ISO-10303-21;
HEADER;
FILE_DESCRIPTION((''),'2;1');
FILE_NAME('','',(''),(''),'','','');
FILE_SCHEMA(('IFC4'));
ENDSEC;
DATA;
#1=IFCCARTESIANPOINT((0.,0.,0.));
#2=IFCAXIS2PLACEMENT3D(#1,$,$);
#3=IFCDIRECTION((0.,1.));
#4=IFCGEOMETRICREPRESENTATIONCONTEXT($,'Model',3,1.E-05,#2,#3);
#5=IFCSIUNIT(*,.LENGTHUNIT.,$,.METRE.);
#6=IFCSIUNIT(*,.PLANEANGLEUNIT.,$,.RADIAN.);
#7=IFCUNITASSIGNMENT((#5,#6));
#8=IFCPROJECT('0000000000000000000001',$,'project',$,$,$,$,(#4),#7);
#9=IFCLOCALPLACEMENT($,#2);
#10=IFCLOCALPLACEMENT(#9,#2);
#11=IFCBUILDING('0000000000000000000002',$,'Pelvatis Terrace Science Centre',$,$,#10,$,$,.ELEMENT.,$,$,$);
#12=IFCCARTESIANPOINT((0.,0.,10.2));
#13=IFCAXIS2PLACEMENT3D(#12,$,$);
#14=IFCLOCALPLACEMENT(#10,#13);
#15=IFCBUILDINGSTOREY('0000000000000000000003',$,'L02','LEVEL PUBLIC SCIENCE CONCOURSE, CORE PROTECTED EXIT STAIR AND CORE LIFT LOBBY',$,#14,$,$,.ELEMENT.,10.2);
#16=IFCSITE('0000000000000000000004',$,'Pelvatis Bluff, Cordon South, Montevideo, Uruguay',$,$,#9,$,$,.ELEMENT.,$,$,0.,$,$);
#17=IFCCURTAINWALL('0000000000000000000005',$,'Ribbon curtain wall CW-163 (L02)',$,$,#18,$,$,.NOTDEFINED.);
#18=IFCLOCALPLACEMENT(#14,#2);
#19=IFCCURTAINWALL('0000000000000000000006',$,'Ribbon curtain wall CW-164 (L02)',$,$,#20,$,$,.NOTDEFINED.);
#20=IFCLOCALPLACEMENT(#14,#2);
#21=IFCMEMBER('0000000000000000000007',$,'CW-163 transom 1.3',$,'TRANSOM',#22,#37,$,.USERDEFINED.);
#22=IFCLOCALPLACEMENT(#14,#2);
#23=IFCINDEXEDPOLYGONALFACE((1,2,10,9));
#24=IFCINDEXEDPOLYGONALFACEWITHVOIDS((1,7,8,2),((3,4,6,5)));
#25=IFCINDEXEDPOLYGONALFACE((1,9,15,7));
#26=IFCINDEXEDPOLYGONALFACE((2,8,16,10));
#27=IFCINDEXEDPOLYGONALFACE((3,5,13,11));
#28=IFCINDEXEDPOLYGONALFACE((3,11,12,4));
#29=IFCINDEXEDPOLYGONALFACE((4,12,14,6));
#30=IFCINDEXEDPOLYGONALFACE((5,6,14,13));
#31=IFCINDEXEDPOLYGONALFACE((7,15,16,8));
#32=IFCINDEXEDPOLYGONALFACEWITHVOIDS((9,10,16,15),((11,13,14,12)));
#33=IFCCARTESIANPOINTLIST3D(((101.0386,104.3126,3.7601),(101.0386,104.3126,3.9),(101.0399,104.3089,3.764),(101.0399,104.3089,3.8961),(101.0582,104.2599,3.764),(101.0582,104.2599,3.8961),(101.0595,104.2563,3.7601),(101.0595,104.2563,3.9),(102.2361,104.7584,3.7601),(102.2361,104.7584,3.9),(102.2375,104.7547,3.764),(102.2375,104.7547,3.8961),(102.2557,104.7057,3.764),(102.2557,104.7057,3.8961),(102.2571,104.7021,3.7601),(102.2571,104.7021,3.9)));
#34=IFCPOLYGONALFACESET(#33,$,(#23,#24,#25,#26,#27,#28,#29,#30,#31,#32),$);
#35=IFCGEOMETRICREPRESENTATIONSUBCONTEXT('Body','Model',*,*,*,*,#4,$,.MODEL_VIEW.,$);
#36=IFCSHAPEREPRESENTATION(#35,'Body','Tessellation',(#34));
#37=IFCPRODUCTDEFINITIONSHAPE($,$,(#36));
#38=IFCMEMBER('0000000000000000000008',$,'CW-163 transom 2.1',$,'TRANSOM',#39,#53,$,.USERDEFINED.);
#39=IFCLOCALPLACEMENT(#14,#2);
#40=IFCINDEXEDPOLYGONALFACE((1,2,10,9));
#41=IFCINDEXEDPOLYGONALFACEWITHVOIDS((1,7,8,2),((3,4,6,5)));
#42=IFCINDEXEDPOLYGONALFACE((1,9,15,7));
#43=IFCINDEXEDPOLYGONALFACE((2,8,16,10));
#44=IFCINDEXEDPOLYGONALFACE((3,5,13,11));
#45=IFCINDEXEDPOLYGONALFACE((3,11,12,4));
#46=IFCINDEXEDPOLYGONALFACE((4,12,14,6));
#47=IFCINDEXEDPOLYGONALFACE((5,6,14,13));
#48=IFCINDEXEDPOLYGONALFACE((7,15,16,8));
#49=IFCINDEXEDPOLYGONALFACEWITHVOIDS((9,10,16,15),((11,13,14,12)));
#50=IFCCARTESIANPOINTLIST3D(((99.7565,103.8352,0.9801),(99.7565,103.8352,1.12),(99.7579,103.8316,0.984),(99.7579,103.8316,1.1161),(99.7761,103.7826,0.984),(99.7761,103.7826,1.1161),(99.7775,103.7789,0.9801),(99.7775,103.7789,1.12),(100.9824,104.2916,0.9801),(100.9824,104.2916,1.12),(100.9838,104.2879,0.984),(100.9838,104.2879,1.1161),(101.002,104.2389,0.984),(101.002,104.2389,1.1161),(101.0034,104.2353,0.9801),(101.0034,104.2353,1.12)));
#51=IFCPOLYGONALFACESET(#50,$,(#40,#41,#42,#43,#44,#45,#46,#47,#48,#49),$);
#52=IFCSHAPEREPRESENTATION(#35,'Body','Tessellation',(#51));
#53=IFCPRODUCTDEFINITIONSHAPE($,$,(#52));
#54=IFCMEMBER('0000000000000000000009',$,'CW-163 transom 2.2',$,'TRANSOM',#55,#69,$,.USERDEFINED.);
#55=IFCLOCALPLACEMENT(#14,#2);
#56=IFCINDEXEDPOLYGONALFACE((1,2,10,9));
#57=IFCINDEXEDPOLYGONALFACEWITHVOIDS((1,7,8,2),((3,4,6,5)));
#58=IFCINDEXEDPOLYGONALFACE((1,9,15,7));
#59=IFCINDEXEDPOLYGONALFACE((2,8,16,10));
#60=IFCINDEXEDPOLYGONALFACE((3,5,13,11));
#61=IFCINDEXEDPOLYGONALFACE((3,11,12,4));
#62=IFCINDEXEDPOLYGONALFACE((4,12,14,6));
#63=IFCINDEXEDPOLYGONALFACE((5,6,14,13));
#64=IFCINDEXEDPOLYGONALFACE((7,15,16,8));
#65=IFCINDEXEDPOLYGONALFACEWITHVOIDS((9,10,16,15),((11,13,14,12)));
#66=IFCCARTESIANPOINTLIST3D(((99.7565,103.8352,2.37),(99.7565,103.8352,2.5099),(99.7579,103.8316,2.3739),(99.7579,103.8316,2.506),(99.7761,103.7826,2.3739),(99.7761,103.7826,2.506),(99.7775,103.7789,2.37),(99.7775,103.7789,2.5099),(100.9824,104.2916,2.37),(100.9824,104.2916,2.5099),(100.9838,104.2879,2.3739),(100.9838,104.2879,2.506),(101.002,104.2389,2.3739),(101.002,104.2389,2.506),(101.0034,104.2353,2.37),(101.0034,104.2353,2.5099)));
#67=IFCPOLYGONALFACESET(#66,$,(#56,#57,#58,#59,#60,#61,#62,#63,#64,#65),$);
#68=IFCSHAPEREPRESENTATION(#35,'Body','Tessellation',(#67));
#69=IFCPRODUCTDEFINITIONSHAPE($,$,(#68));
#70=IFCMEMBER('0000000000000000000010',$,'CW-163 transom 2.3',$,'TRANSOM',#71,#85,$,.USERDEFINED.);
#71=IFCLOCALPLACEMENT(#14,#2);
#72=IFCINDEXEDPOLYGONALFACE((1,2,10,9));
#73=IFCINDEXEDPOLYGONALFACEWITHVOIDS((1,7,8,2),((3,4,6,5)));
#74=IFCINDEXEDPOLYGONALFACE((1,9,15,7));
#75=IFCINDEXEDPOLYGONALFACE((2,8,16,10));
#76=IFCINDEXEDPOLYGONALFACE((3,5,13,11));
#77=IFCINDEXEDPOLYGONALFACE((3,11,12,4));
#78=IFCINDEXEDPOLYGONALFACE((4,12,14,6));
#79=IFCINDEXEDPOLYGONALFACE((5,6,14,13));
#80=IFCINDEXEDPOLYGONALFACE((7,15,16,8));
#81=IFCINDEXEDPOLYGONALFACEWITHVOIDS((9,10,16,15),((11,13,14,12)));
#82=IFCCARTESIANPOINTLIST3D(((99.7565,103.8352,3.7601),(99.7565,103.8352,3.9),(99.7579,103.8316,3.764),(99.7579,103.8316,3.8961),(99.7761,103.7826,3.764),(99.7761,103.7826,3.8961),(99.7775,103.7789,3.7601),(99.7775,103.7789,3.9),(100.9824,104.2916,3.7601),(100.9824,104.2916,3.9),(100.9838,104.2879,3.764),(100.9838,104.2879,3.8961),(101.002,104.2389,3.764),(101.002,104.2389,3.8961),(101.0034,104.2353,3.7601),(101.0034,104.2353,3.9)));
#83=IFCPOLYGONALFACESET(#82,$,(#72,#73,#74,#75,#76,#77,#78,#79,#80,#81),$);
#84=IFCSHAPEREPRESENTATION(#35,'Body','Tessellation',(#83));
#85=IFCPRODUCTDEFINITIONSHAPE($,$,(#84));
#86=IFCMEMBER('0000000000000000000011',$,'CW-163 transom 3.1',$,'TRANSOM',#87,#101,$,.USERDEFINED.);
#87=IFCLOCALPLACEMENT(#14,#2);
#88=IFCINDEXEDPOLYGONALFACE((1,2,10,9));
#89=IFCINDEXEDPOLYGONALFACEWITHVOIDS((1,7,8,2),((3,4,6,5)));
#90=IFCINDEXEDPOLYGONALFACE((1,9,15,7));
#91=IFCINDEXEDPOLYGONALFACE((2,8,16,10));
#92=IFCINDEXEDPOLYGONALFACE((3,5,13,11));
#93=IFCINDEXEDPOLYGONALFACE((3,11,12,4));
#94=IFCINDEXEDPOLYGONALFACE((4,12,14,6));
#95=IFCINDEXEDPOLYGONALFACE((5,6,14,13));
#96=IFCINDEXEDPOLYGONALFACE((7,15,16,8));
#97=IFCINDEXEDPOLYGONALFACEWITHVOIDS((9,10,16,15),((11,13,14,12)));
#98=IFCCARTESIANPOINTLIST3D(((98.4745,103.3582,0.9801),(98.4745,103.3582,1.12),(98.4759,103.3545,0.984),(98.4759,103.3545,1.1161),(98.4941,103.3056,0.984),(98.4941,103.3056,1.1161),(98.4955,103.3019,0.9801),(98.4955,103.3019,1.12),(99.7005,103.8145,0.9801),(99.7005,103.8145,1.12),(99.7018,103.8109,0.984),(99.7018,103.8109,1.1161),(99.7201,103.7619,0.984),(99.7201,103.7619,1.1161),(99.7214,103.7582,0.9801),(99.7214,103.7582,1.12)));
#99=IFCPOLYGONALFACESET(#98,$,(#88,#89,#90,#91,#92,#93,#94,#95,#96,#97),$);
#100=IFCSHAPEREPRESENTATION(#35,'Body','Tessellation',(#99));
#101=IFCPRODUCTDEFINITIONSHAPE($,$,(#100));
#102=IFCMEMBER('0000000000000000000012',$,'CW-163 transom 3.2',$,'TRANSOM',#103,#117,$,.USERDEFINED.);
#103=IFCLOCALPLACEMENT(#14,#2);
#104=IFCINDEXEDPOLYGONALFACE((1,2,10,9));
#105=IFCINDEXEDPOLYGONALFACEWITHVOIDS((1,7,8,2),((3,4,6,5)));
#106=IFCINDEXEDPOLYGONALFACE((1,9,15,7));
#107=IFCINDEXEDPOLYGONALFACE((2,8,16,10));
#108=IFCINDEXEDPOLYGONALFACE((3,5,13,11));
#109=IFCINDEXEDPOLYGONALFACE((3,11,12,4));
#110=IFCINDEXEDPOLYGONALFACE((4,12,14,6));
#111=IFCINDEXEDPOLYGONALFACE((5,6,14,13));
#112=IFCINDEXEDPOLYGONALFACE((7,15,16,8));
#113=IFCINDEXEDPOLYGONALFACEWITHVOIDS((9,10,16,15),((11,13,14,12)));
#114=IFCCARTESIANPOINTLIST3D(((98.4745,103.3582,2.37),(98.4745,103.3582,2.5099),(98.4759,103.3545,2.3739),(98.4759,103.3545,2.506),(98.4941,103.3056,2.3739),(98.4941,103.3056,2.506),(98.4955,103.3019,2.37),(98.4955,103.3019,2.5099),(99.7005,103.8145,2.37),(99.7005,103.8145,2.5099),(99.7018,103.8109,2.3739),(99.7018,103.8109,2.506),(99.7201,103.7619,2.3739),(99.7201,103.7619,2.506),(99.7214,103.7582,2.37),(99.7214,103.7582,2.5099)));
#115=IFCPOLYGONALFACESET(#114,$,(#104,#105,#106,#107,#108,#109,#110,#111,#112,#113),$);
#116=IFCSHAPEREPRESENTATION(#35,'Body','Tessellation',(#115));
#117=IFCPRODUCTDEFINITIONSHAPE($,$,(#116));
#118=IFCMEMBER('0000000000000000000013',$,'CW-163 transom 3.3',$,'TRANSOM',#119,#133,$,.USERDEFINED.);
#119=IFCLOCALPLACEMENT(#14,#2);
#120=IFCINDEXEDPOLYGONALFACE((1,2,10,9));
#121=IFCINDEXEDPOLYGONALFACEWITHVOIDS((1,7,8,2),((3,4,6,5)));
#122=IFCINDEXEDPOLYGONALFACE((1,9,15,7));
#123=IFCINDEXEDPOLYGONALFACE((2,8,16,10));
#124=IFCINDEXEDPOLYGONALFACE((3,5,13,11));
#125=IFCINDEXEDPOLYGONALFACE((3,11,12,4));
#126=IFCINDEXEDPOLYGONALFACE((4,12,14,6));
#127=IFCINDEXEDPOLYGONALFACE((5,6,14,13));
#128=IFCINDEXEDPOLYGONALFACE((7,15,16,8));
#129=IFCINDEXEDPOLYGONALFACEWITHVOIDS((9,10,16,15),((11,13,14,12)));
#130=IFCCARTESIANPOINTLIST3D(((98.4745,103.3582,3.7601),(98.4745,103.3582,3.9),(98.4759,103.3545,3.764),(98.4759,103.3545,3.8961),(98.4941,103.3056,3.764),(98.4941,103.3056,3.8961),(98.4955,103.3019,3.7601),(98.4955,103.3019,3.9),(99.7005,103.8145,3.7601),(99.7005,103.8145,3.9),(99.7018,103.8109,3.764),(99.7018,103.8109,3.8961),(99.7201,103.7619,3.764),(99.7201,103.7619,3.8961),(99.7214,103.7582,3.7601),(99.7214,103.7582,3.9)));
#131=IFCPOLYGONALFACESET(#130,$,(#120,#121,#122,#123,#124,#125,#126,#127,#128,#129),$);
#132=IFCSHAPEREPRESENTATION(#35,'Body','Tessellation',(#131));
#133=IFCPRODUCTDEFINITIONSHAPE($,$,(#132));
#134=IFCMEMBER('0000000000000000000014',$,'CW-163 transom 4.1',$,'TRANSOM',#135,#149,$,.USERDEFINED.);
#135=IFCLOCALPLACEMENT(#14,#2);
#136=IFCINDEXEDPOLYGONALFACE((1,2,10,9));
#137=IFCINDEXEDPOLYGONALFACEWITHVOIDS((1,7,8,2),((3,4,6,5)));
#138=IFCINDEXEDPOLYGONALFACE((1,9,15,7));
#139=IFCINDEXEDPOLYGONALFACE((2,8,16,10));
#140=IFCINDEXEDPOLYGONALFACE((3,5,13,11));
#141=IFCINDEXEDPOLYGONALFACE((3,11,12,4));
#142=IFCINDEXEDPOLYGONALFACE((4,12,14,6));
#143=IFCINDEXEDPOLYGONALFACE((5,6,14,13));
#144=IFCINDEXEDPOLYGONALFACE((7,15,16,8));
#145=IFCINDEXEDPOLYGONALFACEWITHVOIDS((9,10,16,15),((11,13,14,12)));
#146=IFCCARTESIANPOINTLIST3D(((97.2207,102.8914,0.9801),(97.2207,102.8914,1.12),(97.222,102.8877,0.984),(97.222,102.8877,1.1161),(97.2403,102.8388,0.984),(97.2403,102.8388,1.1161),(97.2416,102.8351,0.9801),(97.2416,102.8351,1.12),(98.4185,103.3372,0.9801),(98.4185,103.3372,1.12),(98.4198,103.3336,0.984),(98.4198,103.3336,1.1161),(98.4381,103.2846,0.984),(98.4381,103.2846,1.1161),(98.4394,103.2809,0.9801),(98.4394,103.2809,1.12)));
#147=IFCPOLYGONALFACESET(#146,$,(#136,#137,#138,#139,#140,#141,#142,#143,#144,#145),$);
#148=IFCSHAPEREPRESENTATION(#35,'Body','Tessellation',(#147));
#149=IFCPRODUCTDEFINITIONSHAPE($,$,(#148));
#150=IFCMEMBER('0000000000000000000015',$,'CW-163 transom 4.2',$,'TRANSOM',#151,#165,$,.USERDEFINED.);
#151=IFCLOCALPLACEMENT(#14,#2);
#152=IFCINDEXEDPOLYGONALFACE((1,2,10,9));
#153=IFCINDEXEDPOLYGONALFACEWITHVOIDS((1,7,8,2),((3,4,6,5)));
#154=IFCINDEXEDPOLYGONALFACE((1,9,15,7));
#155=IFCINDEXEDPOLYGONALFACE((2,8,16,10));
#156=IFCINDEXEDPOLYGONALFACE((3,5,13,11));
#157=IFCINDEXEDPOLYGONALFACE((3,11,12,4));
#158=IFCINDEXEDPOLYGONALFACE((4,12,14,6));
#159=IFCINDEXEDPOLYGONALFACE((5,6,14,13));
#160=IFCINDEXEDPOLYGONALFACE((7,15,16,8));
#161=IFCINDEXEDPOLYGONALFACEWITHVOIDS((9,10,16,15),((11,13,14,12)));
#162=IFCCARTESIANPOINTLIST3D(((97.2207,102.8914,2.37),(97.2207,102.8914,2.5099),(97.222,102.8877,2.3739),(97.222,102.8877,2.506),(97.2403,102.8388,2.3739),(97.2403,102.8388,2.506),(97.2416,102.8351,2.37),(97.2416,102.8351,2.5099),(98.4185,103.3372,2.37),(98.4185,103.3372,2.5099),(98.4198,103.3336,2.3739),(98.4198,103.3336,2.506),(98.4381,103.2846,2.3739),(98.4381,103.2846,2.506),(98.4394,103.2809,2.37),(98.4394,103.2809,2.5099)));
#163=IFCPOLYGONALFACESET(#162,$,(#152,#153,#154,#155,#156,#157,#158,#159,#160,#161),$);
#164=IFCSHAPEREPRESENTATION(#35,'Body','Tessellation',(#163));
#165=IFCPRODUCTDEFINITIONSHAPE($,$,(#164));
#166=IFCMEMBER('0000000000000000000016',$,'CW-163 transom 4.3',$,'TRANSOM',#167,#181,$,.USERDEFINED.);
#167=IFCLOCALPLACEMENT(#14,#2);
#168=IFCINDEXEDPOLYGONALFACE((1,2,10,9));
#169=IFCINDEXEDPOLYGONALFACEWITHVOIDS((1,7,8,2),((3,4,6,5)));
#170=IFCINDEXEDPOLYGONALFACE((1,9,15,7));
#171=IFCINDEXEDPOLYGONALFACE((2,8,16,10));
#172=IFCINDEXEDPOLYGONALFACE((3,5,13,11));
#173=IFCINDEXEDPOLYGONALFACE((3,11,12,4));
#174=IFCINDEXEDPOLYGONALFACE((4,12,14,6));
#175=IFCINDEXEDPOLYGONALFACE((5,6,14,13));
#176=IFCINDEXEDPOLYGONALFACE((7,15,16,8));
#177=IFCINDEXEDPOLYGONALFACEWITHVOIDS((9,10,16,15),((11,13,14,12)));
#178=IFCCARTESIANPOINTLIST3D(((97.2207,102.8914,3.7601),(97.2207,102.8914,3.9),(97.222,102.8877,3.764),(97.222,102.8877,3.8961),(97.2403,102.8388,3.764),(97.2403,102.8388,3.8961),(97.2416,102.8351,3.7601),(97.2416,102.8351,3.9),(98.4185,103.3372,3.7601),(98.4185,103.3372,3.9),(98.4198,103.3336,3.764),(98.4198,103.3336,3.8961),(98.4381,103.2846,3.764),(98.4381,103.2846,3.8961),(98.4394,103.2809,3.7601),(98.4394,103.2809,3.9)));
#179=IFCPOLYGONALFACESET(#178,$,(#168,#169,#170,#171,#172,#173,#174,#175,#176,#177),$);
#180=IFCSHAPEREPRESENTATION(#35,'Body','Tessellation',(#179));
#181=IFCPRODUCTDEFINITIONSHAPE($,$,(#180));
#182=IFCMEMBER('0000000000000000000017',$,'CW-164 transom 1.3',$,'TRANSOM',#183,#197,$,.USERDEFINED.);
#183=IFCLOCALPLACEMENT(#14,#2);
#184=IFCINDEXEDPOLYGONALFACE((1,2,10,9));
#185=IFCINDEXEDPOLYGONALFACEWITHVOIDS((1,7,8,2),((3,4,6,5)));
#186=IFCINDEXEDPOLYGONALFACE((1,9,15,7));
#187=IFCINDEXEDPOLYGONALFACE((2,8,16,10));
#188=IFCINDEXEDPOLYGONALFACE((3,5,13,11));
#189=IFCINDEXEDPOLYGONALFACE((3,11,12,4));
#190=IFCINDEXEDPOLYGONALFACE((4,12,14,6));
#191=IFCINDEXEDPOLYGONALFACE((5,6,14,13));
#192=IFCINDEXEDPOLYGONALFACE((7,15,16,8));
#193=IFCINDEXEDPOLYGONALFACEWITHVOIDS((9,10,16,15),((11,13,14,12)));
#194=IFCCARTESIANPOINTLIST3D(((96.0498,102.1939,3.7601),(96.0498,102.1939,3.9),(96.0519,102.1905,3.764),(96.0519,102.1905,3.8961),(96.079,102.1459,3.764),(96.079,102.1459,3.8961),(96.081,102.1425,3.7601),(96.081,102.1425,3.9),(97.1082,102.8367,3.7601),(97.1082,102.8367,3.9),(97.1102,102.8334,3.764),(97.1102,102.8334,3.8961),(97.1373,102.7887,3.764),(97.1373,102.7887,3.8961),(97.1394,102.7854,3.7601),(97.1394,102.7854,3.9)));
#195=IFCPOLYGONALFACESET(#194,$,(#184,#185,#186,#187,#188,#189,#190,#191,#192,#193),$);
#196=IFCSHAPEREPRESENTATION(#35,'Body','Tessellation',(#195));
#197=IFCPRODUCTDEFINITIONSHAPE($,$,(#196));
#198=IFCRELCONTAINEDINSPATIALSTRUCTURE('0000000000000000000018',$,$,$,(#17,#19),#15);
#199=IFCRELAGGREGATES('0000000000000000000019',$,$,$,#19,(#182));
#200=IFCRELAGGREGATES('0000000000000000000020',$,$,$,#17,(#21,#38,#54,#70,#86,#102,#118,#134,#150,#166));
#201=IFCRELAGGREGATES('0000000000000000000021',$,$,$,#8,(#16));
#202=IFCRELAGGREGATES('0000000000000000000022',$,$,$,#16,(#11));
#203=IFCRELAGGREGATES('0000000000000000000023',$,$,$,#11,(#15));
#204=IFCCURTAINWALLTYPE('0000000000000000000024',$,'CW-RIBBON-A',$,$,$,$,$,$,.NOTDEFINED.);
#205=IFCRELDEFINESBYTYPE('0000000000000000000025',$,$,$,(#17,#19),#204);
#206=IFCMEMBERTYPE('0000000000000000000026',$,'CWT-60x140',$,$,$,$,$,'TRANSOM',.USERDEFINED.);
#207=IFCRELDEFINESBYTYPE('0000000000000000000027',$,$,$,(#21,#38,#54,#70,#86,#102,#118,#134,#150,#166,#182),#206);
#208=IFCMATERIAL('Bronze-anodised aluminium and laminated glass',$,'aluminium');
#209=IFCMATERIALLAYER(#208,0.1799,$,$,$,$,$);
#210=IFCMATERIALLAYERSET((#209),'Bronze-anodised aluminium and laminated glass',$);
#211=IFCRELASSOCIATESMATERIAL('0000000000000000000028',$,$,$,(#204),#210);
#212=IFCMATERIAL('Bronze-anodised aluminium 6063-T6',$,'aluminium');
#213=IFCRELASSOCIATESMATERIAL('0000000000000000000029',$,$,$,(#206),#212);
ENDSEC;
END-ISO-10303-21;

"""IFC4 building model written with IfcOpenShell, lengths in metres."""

from ifc_helpers import new_model, si_unit, direction, frame, origin, origin_2d, place, context, subcontext, project, spatial, hollow_rectangle, extrude, material, layer, layer_set, material_profile, profile_set, type_object, element, aggregate, save


model = new_model("IFC4")

# Units and contexts
model_context = context("Model", 3, precision=1e-05, world=origin(), true_north=direction((0.0, 1.0)))
body_context = subcontext(model_context, "Body", "Model", "MODEL_VIEW")
ifc_project = project(units=[si_unit("LENGTHUNIT", "METRE"), si_unit("PLANEANGLEUNIT", "RADIAN")], contexts=[model_context])

# Site, building, storey
site_placement = place(None, origin())
site = spatial("IfcSite", under=ifc_project, at=site_placement, Name="Pelvatis Bluff, Cordon South, Montevideo, Uruguay", CompositionType="ELEMENT", RefElevation=0.0)
building_placement = place(site_placement, origin())
building = spatial("IfcBuilding", under=site, at=building_placement, Name="Pelvatis Terrace Science Centre", CompositionType="ELEMENT")
storey_placement = place(building_placement, frame((0.0, 0.0, 10.2)))
storey = spatial("IfcBuildingStorey", under=building, at=storey_placement, Name="L02", Description="LEVEL PUBLIC SCIENCE CONCOURSE, CORE PROTECTED EXIT STAIR AND CORE LIFT LOBBY", CompositionType="ELEMENT", Elevation=10.2)

# Curtain wall
ifc_material_1 = material(Name="Bronze-anodised aluminium and laminated glass", Category="aluminium")
ifc_layer_1 = layer(ifc_material_1, 0.1799)
ifc_layer_set_1 = layer_set([ifc_layer_1], Name="Bronze-anodised aluminium and laminated glass")
curtain_wall_type = type_object("IfcCurtainWallType", Name="CW-RIBBON-A", PredefinedType="NOTDEFINED", material=ifc_layer_set_1)
curtain_wall_1_placement = place(storey_placement, origin())
curtain_wall_1 = element("IfcCurtainWall", 1, at=curtain_wall_1_placement, inside=storey, type_object=curtain_wall_type, Name="Ribbon curtain wall CW-163 (L02)", PredefinedType="NOTDEFINED")

# Curtain wall
curtain_wall_2_placement = place(storey_placement, origin())
curtain_wall_2 = element("IfcCurtainWall", 2, at=curtain_wall_2_placement, inside=storey, type_object=curtain_wall_type, Name="Ribbon curtain wall CW-164 (L02)", PredefinedType="NOTDEFINED")

# Members
ifc_material_2 = material(Name="Bronze-anodised aluminium 6063-T6", Category="aluminium")
ifc_material_profile_1 = material_profile(ifc_material_2, hollow_rectangle(XDim=0.0601, YDim=0.1399, WallThickness=0.0039, at=origin_2d()), Name="ALU-TRN 60x140")
ifc_profile_set_1 = profile_set([ifc_material_profile_1], Name="Bronze-anodised aluminium 6063-T6")
member_type_1 = type_object("IfcMemberType", Name="CWT-60x140", ElementType="TRANSOM", PredefinedType="USERDEFINED", material=ifc_profile_set_1)
member_1_placement = place(storey_placement, frame((102.2466, 104.7302, 3.8301), z_axis=(-0.937167, -0.348882, 0.0), x_axis=(0.348882, -0.937167, 0.0)))
member_1 = element("IfcMember", 3, at=member_1_placement, type_object=member_type_1, Name="CW-163 transom 1.3", ObjectType="TRANSOM", PredefinedType="USERDEFINED", context=body_context, shape_type="SweptSolid", body=[
    extrude(hollow_rectangle(XDim=0.0601, YDim=0.1399, WallThickness=0.0039, at=origin_2d()), origin(), (0.0, 0.0, 1.0), 1.2778),
])
member_2_placement = place(storey_placement, frame((100.9929, 104.2634, 1.05), z_axis=(-0.937178, -0.348852, 0.0), x_axis=(0.348852, -0.937178, 0.0)))
member_2 = element("IfcMember", 4, at=member_2_placement, type_object=member_type_1, Name="CW-163 transom 2.1", ObjectType="TRANSOM", PredefinedType="USERDEFINED", context=body_context, shape_type="SweptSolid", body=[
    extrude(hollow_rectangle(XDim=0.0601, YDim=0.1399, WallThickness=0.0039, at=origin_2d()), origin(), (0.0, 0.0, 1.0), 1.3081),
])
member_3_placement = place(storey_placement, frame((100.9929, 104.2634, 2.4399), z_axis=(-0.937178, -0.348852, 0.0), x_axis=(0.348852, -0.937178, 0.0)))
member_3 = element("IfcMember", 5, at=member_3_placement, type_object=member_type_1, Name="CW-163 transom 2.2", ObjectType="TRANSOM", PredefinedType="USERDEFINED", context=body_context, shape_type="SweptSolid", body=[
    extrude(hollow_rectangle(XDim=0.0601, YDim=0.1399, WallThickness=0.0039, at=origin_2d()), origin(), (0.0, 0.0, 1.0), 1.3081),
])
member_4_placement = place(storey_placement, frame((100.9929, 104.2634, 3.8301), z_axis=(-0.937178, -0.348852, 0.0), x_axis=(0.348852, -0.937178, 0.0)))
member_4 = element("IfcMember", 6, at=member_4_placement, type_object=member_type_1, Name="CW-163 transom 2.3", ObjectType="TRANSOM", PredefinedType="USERDEFINED", context=body_context, shape_type="SweptSolid", body=[
    extrude(hollow_rectangle(XDim=0.0601, YDim=0.1399, WallThickness=0.0039, at=origin_2d()), origin(), (0.0, 0.0, 1.0), 1.3081),
])
member_5_placement = place(storey_placement, frame((99.7109, 103.7864, 1.05), z_axis=(-0.937178, -0.348852, 0.0), x_axis=(0.348852, -0.937178, 0.0)))
member_5 = element("IfcMember", 7, at=member_5_placement, type_object=member_type_1, Name="CW-163 transom 3.1", ObjectType="TRANSOM", PredefinedType="USERDEFINED", context=body_context, shape_type="SweptSolid", body=[
    extrude(hollow_rectangle(XDim=0.0601, YDim=0.1399, WallThickness=0.0039, at=origin_2d()), origin(), (0.0, 0.0, 1.0), 1.3081),
])
member_6_placement = place(storey_placement, frame((99.7109, 103.7864, 2.4399), z_axis=(-0.937178, -0.348852, 0.0), x_axis=(0.348852, -0.937178, 0.0)))
member_6 = element("IfcMember", 8, at=member_6_placement, type_object=member_type_1, Name="CW-163 transom 3.2", ObjectType="TRANSOM", PredefinedType="USERDEFINED", context=body_context, shape_type="SweptSolid", body=[
    extrude(hollow_rectangle(XDim=0.0601, YDim=0.1399, WallThickness=0.0039, at=origin_2d()), origin(), (0.0, 0.0, 1.0), 1.3081),
])
member_7_placement = place(storey_placement, frame((99.7109, 103.7864, 3.8301), z_axis=(-0.937178, -0.348852, 0.0), x_axis=(0.348852, -0.937178, 0.0)))
member_7 = element("IfcMember", 9, at=member_7_placement, type_object=member_type_1, Name="CW-163 transom 3.3", ObjectType="TRANSOM", PredefinedType="USERDEFINED", context=body_context, shape_type="SweptSolid", body=[
    extrude(hollow_rectangle(XDim=0.0601, YDim=0.1399, WallThickness=0.0039, at=origin_2d()), origin(), (0.0, 0.0, 1.0), 1.3081),
])
member_8_placement = place(storey_placement, frame((98.429, 103.3091, 1.05), z_axis=(-0.93719, -0.34882, 0.0), x_axis=(0.34882, -0.93719, 0.0)))
member_8 = element("IfcMember", 10, at=member_8_placement, type_object=member_type_1, Name="CW-163 transom 4.1", ObjectType="TRANSOM", PredefinedType="USERDEFINED", context=body_context, shape_type="SweptSolid", body=[
    extrude(hollow_rectangle(XDim=0.0601, YDim=0.1399, WallThickness=0.0039, at=origin_2d()), origin(), (0.0, 0.0, 1.0), 1.2781),
])
member_9_placement = place(storey_placement, frame((98.429, 103.3091, 2.4399), z_axis=(-0.93719, -0.34882, 0.0), x_axis=(0.34882, -0.93719, 0.0)))
member_9 = element("IfcMember", 11, at=member_9_placement, type_object=member_type_1, Name="CW-163 transom 4.2", ObjectType="TRANSOM", PredefinedType="USERDEFINED", context=body_context, shape_type="SweptSolid", body=[
    extrude(hollow_rectangle(XDim=0.0601, YDim=0.1399, WallThickness=0.0039, at=origin_2d()), origin(), (0.0, 0.0, 1.0), 1.2781),
])
member_10_placement = place(storey_placement, frame((98.429, 103.3091, 3.8301), z_axis=(-0.93719, -0.34882, 0.0), x_axis=(0.34882, -0.93719, 0.0)))
member_10 = element("IfcMember", 12, at=member_10_placement, type_object=member_type_1, Name="CW-163 transom 4.3", ObjectType="TRANSOM", PredefinedType="USERDEFINED", context=body_context, shape_type="SweptSolid", body=[
    extrude(hollow_rectangle(XDim=0.0601, YDim=0.1399, WallThickness=0.0039, at=origin_2d()), origin(), (0.0, 0.0, 1.0), 1.2781),
])
member_11_placement = place(storey_placement, frame((97.1238, 102.811, 3.8301), z_axis=(-0.854697, -0.519127, 0.0), x_axis=(0.519127, -0.854697, 0.0)))
member_11 = element("IfcMember", 13, at=member_11_placement, type_object=member_type_1, Name="CW-164 transom 1.3", ObjectType="TRANSOM", PredefinedType="USERDEFINED", context=body_context, shape_type="SweptSolid", body=[
    extrude(hollow_rectangle(XDim=0.0601, YDim=0.1399, WallThickness=0.0039, at=origin_2d()), origin(), (0.0, 0.0, 1.0), 1.2383),
])
aggregate(curtain_wall_2, [member_11])

aggregate(curtain_wall_1, [member_1, member_2, member_3, member_4, member_5, member_6, member_7, member_8, member_9, member_10])

save(model, "model.ifc")
